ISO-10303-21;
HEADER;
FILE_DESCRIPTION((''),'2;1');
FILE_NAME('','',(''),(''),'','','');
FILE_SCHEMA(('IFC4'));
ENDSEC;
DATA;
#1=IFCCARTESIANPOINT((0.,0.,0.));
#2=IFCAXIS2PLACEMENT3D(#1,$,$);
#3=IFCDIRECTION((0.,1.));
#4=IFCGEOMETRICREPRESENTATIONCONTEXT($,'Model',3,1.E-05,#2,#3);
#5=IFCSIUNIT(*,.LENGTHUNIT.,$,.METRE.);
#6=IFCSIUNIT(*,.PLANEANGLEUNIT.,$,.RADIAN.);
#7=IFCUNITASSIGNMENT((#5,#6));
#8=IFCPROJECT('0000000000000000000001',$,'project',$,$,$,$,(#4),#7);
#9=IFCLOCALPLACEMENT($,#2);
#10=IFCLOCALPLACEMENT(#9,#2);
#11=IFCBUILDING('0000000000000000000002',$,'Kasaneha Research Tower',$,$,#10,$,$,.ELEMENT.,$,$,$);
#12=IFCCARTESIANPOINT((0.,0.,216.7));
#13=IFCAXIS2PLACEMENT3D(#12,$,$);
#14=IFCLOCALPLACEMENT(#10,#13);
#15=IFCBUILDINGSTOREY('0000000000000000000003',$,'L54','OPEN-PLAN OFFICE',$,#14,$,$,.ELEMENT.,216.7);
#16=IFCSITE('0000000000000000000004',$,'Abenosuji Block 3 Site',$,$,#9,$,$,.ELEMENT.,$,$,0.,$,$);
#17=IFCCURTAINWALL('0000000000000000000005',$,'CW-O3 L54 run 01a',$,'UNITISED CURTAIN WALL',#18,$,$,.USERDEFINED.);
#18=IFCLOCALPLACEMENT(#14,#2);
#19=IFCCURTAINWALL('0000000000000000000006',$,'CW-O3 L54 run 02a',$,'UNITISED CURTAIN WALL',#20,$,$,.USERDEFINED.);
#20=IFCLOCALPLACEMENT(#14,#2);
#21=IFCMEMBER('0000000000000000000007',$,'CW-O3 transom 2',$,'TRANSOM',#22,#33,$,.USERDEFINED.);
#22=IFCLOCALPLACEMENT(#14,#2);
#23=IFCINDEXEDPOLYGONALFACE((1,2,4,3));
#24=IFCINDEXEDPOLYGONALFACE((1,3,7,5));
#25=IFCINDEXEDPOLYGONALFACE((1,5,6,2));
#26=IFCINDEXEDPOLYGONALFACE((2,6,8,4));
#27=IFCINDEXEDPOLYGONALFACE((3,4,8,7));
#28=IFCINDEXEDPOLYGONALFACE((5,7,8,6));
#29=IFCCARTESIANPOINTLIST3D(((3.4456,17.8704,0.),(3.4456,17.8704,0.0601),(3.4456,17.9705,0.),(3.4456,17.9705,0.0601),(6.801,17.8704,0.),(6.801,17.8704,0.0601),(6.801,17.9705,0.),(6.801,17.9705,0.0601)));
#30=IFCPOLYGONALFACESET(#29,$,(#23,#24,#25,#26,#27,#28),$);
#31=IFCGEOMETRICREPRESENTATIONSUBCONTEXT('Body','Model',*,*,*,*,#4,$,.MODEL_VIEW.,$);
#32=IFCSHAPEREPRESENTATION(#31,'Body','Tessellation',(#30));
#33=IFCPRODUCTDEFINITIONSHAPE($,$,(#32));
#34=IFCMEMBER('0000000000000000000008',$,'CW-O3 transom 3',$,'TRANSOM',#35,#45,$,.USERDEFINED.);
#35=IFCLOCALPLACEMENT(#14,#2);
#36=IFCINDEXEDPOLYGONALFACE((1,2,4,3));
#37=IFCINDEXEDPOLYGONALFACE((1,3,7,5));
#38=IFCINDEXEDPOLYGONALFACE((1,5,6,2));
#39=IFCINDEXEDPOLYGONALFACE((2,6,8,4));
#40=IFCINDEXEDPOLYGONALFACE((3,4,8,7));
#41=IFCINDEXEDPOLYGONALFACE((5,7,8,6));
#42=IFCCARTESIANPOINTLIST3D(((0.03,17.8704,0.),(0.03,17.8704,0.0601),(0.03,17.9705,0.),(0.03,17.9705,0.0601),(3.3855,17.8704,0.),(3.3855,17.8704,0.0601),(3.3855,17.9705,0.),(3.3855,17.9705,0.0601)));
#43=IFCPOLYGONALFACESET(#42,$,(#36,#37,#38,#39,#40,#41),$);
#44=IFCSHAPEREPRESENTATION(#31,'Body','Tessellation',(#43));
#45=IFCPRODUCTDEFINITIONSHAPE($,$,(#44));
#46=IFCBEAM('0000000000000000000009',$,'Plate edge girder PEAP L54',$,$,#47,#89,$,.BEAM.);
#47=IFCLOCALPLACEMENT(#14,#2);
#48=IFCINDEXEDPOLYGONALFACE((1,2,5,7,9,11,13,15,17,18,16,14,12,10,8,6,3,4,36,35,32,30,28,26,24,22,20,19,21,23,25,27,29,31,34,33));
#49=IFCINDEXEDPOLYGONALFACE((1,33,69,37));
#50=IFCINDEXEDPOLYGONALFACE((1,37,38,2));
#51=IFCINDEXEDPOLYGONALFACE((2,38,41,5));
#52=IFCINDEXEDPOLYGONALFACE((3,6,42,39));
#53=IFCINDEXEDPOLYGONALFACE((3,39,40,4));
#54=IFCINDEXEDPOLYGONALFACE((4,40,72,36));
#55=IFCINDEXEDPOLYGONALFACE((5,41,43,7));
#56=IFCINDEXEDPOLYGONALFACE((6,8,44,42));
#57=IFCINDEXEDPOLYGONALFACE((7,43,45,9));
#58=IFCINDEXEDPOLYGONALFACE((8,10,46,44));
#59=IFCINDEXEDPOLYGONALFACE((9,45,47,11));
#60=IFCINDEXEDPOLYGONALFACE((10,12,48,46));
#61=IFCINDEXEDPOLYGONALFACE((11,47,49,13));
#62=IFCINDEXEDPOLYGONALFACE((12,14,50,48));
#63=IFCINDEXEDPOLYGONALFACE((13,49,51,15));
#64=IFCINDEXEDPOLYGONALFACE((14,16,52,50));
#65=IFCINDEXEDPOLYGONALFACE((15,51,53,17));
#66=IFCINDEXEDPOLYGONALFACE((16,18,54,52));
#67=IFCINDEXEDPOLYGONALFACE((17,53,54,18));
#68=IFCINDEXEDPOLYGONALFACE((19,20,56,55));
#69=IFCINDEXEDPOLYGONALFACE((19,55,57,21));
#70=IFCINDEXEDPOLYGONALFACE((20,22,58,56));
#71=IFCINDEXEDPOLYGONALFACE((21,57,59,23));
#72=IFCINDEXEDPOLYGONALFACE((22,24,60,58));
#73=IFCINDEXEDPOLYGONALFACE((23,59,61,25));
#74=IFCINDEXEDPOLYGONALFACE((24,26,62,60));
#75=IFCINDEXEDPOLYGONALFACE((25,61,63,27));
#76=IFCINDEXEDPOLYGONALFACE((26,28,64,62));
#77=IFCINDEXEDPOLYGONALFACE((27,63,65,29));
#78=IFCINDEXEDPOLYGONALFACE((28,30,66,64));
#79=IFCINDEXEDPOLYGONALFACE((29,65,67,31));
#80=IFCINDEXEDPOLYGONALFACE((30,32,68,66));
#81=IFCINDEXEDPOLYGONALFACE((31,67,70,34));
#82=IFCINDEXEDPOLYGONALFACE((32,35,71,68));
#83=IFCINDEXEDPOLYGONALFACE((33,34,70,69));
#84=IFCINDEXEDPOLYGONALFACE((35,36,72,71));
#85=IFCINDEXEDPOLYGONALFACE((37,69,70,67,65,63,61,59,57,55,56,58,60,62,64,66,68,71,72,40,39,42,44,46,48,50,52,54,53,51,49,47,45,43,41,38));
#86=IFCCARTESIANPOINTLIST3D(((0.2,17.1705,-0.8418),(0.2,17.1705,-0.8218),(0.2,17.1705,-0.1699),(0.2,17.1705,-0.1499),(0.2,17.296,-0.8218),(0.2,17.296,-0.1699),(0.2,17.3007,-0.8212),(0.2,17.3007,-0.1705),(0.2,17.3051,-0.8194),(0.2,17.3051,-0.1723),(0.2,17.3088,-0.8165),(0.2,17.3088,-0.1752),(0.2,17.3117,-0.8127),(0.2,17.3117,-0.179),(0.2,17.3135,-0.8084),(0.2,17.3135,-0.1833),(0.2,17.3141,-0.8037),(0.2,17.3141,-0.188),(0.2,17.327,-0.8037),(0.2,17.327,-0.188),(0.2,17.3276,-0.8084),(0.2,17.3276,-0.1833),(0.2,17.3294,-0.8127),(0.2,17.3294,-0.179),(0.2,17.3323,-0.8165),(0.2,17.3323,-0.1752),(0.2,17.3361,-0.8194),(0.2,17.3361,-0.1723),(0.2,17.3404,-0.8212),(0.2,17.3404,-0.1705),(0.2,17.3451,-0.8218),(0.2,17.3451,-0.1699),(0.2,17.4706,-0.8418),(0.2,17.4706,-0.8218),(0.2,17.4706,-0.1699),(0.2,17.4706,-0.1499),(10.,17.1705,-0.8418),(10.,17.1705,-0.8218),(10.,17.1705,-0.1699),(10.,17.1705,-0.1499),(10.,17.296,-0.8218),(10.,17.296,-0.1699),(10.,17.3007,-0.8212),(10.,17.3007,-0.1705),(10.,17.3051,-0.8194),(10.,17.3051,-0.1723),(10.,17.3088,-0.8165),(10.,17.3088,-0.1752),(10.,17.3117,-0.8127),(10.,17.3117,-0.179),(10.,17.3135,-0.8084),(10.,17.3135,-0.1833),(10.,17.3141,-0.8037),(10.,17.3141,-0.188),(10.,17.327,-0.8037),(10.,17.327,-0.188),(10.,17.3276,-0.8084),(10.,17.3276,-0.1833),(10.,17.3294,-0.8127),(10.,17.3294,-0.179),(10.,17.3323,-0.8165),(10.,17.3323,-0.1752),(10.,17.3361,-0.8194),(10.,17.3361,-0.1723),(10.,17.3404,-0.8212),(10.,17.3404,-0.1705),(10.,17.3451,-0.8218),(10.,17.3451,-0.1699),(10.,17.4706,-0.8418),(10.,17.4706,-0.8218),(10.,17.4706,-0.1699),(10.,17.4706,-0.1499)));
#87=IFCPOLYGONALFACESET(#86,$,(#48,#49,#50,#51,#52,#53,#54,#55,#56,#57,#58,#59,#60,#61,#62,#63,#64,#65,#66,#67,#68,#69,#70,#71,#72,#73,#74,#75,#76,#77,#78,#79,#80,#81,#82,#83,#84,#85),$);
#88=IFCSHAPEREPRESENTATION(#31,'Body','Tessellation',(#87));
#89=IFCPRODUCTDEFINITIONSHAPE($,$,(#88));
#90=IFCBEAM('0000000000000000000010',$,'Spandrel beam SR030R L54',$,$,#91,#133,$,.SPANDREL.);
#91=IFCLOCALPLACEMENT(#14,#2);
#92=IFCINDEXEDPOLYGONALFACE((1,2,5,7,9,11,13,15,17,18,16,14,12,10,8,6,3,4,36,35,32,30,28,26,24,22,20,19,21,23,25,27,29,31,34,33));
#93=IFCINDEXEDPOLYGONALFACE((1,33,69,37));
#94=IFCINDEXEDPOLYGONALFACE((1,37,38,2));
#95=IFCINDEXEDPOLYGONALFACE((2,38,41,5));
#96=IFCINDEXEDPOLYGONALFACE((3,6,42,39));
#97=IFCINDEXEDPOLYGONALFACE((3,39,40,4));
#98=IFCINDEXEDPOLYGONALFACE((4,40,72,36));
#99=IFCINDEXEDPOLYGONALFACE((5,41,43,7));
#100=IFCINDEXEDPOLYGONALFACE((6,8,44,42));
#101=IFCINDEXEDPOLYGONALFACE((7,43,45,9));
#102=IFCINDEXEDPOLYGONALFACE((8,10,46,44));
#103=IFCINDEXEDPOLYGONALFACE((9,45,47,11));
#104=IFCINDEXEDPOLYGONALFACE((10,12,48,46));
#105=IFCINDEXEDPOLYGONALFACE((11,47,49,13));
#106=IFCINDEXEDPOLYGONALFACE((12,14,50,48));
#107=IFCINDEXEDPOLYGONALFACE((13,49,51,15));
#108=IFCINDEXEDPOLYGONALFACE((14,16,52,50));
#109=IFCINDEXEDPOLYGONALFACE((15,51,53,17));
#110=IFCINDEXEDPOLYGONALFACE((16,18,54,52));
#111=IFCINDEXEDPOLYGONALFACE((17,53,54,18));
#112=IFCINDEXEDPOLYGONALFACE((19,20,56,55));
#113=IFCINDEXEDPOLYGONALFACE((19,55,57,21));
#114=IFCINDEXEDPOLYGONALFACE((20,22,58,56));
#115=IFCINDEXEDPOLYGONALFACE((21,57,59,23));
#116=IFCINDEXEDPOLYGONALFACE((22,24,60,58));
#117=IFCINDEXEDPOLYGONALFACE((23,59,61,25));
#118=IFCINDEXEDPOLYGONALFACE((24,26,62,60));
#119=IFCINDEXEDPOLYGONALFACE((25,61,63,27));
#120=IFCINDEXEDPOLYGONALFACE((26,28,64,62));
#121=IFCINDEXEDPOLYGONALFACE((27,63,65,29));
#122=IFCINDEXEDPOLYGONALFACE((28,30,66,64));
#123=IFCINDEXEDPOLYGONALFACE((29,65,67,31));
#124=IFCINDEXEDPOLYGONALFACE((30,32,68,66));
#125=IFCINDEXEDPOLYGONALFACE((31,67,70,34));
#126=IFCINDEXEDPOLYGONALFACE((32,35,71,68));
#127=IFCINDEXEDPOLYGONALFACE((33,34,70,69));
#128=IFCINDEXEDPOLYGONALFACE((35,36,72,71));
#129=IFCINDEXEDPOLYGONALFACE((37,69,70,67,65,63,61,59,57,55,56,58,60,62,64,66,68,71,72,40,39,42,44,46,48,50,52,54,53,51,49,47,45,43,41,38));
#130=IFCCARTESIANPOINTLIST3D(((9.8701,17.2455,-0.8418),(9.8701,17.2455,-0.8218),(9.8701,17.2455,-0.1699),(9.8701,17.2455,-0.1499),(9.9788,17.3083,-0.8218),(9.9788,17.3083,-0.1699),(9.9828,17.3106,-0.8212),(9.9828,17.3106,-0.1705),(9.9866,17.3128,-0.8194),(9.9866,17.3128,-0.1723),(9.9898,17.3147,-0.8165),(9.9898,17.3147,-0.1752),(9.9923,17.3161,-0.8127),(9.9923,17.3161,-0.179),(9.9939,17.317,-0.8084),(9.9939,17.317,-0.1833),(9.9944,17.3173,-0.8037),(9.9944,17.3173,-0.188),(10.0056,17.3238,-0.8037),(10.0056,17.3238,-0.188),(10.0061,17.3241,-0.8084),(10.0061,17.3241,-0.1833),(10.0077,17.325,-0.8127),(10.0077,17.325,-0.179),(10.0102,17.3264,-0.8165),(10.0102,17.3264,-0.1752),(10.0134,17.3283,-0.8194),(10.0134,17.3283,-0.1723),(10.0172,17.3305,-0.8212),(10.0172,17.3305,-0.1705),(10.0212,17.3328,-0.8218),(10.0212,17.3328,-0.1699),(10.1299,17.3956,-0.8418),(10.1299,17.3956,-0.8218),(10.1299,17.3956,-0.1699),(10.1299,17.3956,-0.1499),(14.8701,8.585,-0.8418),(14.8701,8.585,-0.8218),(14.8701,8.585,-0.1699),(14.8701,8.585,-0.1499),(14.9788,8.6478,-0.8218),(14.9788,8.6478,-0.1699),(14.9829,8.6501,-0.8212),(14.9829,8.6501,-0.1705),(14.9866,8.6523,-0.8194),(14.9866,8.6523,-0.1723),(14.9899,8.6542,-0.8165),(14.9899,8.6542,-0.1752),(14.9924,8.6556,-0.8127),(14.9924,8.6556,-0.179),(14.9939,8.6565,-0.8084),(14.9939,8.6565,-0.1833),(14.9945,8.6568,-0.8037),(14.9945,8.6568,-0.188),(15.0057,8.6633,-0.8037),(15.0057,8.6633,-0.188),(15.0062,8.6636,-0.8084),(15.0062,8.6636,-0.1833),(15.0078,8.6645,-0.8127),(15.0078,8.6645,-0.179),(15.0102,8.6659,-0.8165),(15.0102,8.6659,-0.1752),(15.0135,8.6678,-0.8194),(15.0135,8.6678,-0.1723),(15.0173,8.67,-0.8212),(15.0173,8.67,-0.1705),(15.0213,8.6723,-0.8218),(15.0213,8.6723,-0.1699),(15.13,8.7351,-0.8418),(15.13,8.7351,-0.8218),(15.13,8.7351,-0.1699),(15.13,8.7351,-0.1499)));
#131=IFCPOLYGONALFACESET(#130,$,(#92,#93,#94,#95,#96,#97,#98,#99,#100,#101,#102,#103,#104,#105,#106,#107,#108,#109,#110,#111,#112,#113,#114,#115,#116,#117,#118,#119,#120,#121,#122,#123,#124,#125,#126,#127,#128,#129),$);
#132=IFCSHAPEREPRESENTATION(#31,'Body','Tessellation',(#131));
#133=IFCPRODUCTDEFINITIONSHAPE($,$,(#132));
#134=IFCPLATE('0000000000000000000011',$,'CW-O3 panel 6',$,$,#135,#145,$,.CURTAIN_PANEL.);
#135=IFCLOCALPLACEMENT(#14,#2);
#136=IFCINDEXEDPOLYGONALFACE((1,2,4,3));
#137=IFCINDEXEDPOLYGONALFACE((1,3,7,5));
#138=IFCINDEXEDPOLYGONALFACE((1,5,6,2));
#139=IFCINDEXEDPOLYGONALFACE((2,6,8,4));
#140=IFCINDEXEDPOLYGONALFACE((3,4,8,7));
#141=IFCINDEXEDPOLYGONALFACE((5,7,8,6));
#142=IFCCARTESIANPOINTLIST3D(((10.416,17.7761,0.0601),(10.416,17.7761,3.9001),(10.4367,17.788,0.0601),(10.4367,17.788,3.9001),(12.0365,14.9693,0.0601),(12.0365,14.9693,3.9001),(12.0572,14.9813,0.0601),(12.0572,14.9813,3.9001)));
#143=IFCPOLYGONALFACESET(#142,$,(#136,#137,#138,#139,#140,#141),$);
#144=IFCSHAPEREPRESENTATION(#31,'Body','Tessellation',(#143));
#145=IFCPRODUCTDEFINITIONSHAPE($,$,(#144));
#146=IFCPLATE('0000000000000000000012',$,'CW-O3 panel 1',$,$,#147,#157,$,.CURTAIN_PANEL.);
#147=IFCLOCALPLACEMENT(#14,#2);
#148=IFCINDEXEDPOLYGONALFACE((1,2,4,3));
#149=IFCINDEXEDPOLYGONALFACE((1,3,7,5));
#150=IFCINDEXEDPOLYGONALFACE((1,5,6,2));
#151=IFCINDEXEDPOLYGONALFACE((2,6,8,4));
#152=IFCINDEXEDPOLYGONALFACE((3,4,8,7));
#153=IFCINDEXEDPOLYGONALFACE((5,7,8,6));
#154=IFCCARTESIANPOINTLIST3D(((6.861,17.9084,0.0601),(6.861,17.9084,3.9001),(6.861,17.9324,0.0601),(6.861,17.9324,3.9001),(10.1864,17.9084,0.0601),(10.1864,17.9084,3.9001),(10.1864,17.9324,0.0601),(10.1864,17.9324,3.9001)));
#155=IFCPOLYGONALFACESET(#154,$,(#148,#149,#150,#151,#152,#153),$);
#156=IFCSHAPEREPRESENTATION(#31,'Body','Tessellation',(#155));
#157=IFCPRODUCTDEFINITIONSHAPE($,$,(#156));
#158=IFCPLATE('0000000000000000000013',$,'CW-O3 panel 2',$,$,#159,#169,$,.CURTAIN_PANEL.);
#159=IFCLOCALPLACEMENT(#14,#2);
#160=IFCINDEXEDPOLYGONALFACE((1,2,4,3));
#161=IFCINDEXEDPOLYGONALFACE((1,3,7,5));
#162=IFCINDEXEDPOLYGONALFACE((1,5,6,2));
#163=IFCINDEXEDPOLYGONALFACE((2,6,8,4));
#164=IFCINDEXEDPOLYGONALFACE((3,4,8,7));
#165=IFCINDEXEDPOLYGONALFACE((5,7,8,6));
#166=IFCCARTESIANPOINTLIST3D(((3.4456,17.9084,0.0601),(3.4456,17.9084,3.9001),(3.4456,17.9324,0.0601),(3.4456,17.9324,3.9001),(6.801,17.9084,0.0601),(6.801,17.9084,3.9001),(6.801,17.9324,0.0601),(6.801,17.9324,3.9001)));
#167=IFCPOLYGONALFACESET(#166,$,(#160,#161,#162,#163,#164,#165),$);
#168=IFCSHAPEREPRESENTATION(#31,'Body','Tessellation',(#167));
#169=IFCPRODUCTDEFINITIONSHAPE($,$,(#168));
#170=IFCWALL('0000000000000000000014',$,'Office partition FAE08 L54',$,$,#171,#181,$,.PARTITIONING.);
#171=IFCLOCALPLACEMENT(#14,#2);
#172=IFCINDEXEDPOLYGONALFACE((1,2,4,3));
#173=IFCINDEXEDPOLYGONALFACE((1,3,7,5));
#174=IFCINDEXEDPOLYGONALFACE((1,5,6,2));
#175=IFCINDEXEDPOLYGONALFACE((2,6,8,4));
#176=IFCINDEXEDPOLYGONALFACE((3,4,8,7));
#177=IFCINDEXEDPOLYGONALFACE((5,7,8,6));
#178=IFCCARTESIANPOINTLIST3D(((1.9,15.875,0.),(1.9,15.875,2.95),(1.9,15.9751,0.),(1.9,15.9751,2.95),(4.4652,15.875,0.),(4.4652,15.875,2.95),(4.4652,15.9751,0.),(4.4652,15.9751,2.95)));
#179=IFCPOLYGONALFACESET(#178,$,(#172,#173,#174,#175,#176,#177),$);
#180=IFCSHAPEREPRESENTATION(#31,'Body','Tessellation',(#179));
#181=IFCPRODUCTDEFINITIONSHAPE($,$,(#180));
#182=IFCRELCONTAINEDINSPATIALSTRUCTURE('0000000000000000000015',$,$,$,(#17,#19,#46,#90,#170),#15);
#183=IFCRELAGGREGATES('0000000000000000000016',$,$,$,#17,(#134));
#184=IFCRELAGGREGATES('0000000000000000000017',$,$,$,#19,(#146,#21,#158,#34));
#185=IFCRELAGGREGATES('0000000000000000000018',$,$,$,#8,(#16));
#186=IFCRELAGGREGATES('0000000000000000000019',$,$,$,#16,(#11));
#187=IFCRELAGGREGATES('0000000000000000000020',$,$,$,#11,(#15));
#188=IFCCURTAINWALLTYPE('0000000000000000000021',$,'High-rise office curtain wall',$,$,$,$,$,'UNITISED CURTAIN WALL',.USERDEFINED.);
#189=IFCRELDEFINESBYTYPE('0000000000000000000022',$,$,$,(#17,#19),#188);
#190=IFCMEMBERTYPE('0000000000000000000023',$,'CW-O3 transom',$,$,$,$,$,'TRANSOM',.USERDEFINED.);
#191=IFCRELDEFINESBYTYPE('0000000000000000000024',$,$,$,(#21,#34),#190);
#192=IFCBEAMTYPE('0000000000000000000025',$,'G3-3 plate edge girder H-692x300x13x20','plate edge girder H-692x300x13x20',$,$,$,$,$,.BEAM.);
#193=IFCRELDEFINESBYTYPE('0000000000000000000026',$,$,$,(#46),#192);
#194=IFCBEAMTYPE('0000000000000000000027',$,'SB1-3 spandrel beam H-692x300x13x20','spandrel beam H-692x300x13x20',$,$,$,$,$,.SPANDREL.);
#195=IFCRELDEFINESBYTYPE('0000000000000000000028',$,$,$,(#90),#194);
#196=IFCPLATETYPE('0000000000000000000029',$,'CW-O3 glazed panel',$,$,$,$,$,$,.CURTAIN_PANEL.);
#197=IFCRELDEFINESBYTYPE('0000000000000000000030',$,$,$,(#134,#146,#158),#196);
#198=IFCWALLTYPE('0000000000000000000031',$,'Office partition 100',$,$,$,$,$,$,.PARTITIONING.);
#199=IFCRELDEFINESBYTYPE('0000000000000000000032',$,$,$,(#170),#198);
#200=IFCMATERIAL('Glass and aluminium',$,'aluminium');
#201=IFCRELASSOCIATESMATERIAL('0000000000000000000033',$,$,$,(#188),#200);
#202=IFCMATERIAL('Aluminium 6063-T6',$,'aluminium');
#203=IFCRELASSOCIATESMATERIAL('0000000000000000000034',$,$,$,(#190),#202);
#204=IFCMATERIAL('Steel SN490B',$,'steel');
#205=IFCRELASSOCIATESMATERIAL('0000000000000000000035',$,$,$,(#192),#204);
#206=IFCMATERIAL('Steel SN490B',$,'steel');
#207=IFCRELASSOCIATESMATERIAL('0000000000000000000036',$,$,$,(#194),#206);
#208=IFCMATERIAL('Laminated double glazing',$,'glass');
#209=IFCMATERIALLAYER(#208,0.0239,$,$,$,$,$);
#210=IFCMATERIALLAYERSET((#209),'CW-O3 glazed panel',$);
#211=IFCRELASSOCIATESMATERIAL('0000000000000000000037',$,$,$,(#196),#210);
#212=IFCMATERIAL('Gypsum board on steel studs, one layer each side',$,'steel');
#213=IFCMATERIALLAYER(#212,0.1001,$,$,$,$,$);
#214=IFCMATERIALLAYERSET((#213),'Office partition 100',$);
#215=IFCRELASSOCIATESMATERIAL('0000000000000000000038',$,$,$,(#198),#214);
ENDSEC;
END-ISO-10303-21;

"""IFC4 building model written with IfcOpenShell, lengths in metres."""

from ifc_helpers import new_model, si_unit, direction, frame, frame_2d, origin, origin_2d, place, context, subcontext, project, spatial, rectangle, i_section, extrude, material, layer, layer_set, material_profile, profile_set, type_object, element, aggregate, save


model = new_model("IFC4")

# Units and contexts
model_context = context("Model", 3, precision=1e-05, world=origin(), true_north=direction((0.0, 1.0)))
body_context = subcontext(model_context, "Body", "Model", "MODEL_VIEW")
ifc_project = project(units=[si_unit("LENGTHUNIT", "METRE"), si_unit("PLANEANGLEUNIT", "RADIAN")], contexts=[model_context])

# Site, building, storey
site_placement = place(None, origin())
site = spatial("IfcSite", under=ifc_project, at=site_placement, Name="Abenosuji Block 3 Site", CompositionType="ELEMENT", RefElevation=0.0)
building_placement = place(site_placement, origin())
building = spatial("IfcBuilding", under=site, at=building_placement, Name="Kasaneha Research Tower", CompositionType="ELEMENT")
storey_placement = place(building_placement, frame((0.0, 0.0, 216.7)))
storey = spatial("IfcBuildingStorey", under=building, at=storey_placement, Name="L54", Description="OPEN-PLAN OFFICE", CompositionType="ELEMENT", Elevation=216.7)

# Curtain wall
ifc_material_1 = material(Name="Glass and aluminium", Category="aluminium")
curtain_wall_type = type_object("IfcCurtainWallType", Name="High-rise office curtain wall", ElementType="UNITISED CURTAIN WALL", PredefinedType="USERDEFINED", material=ifc_material_1)
curtain_wall_1_placement = place(storey_placement, origin())
curtain_wall_1 = element("IfcCurtainWall", 1, at=curtain_wall_1_placement, inside=storey, type_object=curtain_wall_type, Name="CW-O3 L54 run 01a", ObjectType="UNITISED CURTAIN WALL", PredefinedType="USERDEFINED")

# Curtain wall, members
curtain_wall_2_placement = place(storey_placement, origin())
curtain_wall_2 = element("IfcCurtainWall", 2, at=curtain_wall_2_placement, inside=storey, type_object=curtain_wall_type, Name="CW-O3 L54 run 02a", ObjectType="UNITISED CURTAIN WALL", PredefinedType="USERDEFINED")
ifc_material_2 = material(Name="Aluminium 6063-T6", Category="aluminium")
ifc_material_profile_1 = material_profile(ifc_material_2, rectangle(XDim=0.1001, YDim=0.0601, at=origin_2d()), Name="CW-O3 transom 100x60")
ifc_profile_set_1 = profile_set([ifc_material_profile_1], Name="Aluminium 6063-T6")
member_type_1 = type_object("IfcMemberType", Name="CW-O3 transom", ElementType="TRANSOM", PredefinedType="USERDEFINED", material=ifc_profile_set_1)
member_1_placement = place(storey_placement, frame((6.801, 17.9204, 0.03), z_axis=(-1.0, 0.0, 0.0), x_axis=(0.0, -1.0, 0.0)))
member_1 = element("IfcMember", 3, at=member_1_placement, type_object=member_type_1, Name="CW-O3 transom 2", ObjectType="TRANSOM", PredefinedType="USERDEFINED", context=body_context, shape_type="SweptSolid", body=[
    extrude(rectangle(XDim=0.1001, YDim=0.0601, at=origin_2d()), origin(), (0.0, 0.0, 1.0), 3.3555),
])
member_2_placement = place(storey_placement, frame((3.3855, 17.9204, 0.03), z_axis=(-1.0, 0.0, 0.0), x_axis=(0.0, -1.0, 0.0)))
member_2 = element("IfcMember", 4, at=member_2_placement, type_object=member_type_1, Name="CW-O3 transom 3", ObjectType="TRANSOM", PredefinedType="USERDEFINED", context=body_context, shape_type="SweptSolid", body=[
    extrude(rectangle(XDim=0.1001, YDim=0.0601, at=origin_2d()), origin(), (0.0, 0.0, 1.0), 3.3555),
])

# Beams
ifc_material_3 = material(Name="Steel SN490B", Category="steel")
ifc_material_profile_2 = material_profile(ifc_material_3, i_section(OverallWidth=0.3, OverallDepth=0.6919, WebThickness=0.0129, FlangeThickness=0.02, FilletRadius=0.0181, at=origin_2d()), Name="H-692x300x13x20")
ifc_profile_set_2 = profile_set([ifc_material_profile_2], Name="Steel SN490B")
beam_type_1 = type_object("IfcBeamType", Name="G3-3 plate edge girder H-692x300x13x20", Description="plate edge girder H-692x300x13x20", PredefinedType="BEAM", material=ifc_profile_set_2)
beam_1_placement = place(storey_placement, frame((10.0, 17.3206, -0.4958), z_axis=(-1.0, 0.0, 0.0), x_axis=(0.0, -1.0, 0.0)))
element("IfcBeam", 5, at=beam_1_placement, inside=storey, type_object=beam_type_1, Name="Plate edge girder PEAP L54", PredefinedType="BEAM", context=body_context, shape_type="SweptSolid", body=[
    extrude(i_section(OverallWidth=0.3, OverallDepth=0.6919, WebThickness=0.0129, FlangeThickness=0.02, FilletRadius=0.0181, at=origin_2d()), origin(), (0.0, 0.0, 1.0), 9.8),
])
ifc_material_4 = material(Name="Steel SN490B", Category="steel")
ifc_material_profile_3 = material_profile(ifc_material_4, i_section(OverallWidth=0.3, OverallDepth=0.6919, WebThickness=0.0129, FlangeThickness=0.02, FilletRadius=0.0181, at=origin_2d()), Name="H-692x300x13x20")
ifc_profile_set_3 = profile_set([ifc_material_profile_3], Name="Steel SN490B")
beam_type_2 = type_object("IfcBeamType", Name="SB1-3 spandrel beam H-692x300x13x20", Description="spandrel beam H-692x300x13x20", PredefinedType="SPANDREL", material=ifc_profile_set_3)
beam_2_placement = place(storey_placement, frame((10.0, 17.3206, -0.4958), z_axis=(0.499994, -0.866029, 0.0), x_axis=(0.866029, 0.499994, 0.0)))
element("IfcBeam", 6, at=beam_2_placement, inside=storey, type_object=beam_type_2, Name="Spandrel beam SR030R L54", PredefinedType="SPANDREL", context=body_context, shape_type="SweptSolid", body=[
    extrude(i_section(OverallWidth=0.3, OverallDepth=0.6919, WebThickness=0.0129, FlangeThickness=0.02, FilletRadius=0.0181, at=origin_2d()), origin(), (0.0, 0.0, 1.0), 10.0002),
])

# Plates
ifc_material_5 = material(Name="Laminated double glazing", Category="glass")
ifc_layer_1 = layer(ifc_material_5, 0.0239)
ifc_layer_set_1 = layer_set([ifc_layer_1], Name="CW-O3 glazed panel")
plate_type = type_object("IfcPlateType", Name="CW-O3 glazed panel", PredefinedType="CURTAIN_PANEL", material=ifc_layer_set_1)
plate_1_placement = place(storey_placement, frame((11.2366, 16.3787, 0.0601), z_axis=(0.0, 0.0, 1.0), x_axis=(-0.5, 0.866025, 0.0)))
plate_1 = element("IfcPlate", 7, at=plate_1_placement, type_object=plate_type, Name="CW-O3 panel 6", PredefinedType="CURTAIN_PANEL", context=body_context, shape_type="SweptSolid", body=[
    extrude(rectangle(XDim=3.241, YDim=0.0239, at=origin_2d()), origin(), (0.0, 0.0, 1.0), 3.8401),
])
aggregate(curtain_wall_1, [plate_1])
plate_2_placement = place(storey_placement, frame((8.5237, 17.9204, 0.0601), z_axis=(0.0, 0.0, 1.0), x_axis=(-1.0, 0.0, 0.0)))
plate_2 = element("IfcPlate", 8, at=plate_2_placement, type_object=plate_type, Name="CW-O3 panel 1", PredefinedType="CURTAIN_PANEL", context=body_context, shape_type="SweptSolid", body=[
    extrude(rectangle(XDim=3.3254, YDim=0.0239, at=origin_2d()), origin(), (0.0, 0.0, 1.0), 3.8401),
])
plate_3_placement = place(storey_placement, frame((5.1233, 17.9204, 0.0601), z_axis=(0.0, 0.0, 1.0), x_axis=(-1.0, 0.0, 0.0)))
plate_3 = element("IfcPlate", 9, at=plate_3_placement, type_object=plate_type, Name="CW-O3 panel 2", PredefinedType="CURTAIN_PANEL", context=body_context, shape_type="SweptSolid", body=[
    extrude(rectangle(XDim=3.3555, YDim=0.0239, at=origin_2d()), origin(), (0.0, 0.0, 1.0), 3.8401),
])
aggregate(curtain_wall_2, [plate_2, member_1, plate_3, member_2])

# Wall
ifc_material_6 = material(Name="Gypsum board on steel studs, one layer each side", Category="steel")
ifc_layer_2 = layer(ifc_material_6, 0.1001)
ifc_layer_set_2 = layer_set([ifc_layer_2], Name="Office partition 100")
wall_type_1 = type_object("IfcWallType", Name="Office partition 100", PredefinedType="PARTITIONING", material=ifc_layer_set_2)
wall_1_placement = place(storey_placement, frame((1.8999, 15.925, 0.0), z_axis=(0.0, 0.0, 1.0), x_axis=(1.0, 0.0, 0.0)))
element("IfcWall", 10, at=wall_1_placement, inside=storey, type_object=wall_type_1, Name="Office partition FAE08 L54", PredefinedType="PARTITIONING", context=body_context, shape_type="SweptSolid", body=[
    extrude(rectangle(XDim=2.5652, YDim=0.1001, at=frame_2d((1.2827, 0.0))), origin(), (0.0, 0.0, 1.0), 2.95),
])

save(model, "model.ifc")
